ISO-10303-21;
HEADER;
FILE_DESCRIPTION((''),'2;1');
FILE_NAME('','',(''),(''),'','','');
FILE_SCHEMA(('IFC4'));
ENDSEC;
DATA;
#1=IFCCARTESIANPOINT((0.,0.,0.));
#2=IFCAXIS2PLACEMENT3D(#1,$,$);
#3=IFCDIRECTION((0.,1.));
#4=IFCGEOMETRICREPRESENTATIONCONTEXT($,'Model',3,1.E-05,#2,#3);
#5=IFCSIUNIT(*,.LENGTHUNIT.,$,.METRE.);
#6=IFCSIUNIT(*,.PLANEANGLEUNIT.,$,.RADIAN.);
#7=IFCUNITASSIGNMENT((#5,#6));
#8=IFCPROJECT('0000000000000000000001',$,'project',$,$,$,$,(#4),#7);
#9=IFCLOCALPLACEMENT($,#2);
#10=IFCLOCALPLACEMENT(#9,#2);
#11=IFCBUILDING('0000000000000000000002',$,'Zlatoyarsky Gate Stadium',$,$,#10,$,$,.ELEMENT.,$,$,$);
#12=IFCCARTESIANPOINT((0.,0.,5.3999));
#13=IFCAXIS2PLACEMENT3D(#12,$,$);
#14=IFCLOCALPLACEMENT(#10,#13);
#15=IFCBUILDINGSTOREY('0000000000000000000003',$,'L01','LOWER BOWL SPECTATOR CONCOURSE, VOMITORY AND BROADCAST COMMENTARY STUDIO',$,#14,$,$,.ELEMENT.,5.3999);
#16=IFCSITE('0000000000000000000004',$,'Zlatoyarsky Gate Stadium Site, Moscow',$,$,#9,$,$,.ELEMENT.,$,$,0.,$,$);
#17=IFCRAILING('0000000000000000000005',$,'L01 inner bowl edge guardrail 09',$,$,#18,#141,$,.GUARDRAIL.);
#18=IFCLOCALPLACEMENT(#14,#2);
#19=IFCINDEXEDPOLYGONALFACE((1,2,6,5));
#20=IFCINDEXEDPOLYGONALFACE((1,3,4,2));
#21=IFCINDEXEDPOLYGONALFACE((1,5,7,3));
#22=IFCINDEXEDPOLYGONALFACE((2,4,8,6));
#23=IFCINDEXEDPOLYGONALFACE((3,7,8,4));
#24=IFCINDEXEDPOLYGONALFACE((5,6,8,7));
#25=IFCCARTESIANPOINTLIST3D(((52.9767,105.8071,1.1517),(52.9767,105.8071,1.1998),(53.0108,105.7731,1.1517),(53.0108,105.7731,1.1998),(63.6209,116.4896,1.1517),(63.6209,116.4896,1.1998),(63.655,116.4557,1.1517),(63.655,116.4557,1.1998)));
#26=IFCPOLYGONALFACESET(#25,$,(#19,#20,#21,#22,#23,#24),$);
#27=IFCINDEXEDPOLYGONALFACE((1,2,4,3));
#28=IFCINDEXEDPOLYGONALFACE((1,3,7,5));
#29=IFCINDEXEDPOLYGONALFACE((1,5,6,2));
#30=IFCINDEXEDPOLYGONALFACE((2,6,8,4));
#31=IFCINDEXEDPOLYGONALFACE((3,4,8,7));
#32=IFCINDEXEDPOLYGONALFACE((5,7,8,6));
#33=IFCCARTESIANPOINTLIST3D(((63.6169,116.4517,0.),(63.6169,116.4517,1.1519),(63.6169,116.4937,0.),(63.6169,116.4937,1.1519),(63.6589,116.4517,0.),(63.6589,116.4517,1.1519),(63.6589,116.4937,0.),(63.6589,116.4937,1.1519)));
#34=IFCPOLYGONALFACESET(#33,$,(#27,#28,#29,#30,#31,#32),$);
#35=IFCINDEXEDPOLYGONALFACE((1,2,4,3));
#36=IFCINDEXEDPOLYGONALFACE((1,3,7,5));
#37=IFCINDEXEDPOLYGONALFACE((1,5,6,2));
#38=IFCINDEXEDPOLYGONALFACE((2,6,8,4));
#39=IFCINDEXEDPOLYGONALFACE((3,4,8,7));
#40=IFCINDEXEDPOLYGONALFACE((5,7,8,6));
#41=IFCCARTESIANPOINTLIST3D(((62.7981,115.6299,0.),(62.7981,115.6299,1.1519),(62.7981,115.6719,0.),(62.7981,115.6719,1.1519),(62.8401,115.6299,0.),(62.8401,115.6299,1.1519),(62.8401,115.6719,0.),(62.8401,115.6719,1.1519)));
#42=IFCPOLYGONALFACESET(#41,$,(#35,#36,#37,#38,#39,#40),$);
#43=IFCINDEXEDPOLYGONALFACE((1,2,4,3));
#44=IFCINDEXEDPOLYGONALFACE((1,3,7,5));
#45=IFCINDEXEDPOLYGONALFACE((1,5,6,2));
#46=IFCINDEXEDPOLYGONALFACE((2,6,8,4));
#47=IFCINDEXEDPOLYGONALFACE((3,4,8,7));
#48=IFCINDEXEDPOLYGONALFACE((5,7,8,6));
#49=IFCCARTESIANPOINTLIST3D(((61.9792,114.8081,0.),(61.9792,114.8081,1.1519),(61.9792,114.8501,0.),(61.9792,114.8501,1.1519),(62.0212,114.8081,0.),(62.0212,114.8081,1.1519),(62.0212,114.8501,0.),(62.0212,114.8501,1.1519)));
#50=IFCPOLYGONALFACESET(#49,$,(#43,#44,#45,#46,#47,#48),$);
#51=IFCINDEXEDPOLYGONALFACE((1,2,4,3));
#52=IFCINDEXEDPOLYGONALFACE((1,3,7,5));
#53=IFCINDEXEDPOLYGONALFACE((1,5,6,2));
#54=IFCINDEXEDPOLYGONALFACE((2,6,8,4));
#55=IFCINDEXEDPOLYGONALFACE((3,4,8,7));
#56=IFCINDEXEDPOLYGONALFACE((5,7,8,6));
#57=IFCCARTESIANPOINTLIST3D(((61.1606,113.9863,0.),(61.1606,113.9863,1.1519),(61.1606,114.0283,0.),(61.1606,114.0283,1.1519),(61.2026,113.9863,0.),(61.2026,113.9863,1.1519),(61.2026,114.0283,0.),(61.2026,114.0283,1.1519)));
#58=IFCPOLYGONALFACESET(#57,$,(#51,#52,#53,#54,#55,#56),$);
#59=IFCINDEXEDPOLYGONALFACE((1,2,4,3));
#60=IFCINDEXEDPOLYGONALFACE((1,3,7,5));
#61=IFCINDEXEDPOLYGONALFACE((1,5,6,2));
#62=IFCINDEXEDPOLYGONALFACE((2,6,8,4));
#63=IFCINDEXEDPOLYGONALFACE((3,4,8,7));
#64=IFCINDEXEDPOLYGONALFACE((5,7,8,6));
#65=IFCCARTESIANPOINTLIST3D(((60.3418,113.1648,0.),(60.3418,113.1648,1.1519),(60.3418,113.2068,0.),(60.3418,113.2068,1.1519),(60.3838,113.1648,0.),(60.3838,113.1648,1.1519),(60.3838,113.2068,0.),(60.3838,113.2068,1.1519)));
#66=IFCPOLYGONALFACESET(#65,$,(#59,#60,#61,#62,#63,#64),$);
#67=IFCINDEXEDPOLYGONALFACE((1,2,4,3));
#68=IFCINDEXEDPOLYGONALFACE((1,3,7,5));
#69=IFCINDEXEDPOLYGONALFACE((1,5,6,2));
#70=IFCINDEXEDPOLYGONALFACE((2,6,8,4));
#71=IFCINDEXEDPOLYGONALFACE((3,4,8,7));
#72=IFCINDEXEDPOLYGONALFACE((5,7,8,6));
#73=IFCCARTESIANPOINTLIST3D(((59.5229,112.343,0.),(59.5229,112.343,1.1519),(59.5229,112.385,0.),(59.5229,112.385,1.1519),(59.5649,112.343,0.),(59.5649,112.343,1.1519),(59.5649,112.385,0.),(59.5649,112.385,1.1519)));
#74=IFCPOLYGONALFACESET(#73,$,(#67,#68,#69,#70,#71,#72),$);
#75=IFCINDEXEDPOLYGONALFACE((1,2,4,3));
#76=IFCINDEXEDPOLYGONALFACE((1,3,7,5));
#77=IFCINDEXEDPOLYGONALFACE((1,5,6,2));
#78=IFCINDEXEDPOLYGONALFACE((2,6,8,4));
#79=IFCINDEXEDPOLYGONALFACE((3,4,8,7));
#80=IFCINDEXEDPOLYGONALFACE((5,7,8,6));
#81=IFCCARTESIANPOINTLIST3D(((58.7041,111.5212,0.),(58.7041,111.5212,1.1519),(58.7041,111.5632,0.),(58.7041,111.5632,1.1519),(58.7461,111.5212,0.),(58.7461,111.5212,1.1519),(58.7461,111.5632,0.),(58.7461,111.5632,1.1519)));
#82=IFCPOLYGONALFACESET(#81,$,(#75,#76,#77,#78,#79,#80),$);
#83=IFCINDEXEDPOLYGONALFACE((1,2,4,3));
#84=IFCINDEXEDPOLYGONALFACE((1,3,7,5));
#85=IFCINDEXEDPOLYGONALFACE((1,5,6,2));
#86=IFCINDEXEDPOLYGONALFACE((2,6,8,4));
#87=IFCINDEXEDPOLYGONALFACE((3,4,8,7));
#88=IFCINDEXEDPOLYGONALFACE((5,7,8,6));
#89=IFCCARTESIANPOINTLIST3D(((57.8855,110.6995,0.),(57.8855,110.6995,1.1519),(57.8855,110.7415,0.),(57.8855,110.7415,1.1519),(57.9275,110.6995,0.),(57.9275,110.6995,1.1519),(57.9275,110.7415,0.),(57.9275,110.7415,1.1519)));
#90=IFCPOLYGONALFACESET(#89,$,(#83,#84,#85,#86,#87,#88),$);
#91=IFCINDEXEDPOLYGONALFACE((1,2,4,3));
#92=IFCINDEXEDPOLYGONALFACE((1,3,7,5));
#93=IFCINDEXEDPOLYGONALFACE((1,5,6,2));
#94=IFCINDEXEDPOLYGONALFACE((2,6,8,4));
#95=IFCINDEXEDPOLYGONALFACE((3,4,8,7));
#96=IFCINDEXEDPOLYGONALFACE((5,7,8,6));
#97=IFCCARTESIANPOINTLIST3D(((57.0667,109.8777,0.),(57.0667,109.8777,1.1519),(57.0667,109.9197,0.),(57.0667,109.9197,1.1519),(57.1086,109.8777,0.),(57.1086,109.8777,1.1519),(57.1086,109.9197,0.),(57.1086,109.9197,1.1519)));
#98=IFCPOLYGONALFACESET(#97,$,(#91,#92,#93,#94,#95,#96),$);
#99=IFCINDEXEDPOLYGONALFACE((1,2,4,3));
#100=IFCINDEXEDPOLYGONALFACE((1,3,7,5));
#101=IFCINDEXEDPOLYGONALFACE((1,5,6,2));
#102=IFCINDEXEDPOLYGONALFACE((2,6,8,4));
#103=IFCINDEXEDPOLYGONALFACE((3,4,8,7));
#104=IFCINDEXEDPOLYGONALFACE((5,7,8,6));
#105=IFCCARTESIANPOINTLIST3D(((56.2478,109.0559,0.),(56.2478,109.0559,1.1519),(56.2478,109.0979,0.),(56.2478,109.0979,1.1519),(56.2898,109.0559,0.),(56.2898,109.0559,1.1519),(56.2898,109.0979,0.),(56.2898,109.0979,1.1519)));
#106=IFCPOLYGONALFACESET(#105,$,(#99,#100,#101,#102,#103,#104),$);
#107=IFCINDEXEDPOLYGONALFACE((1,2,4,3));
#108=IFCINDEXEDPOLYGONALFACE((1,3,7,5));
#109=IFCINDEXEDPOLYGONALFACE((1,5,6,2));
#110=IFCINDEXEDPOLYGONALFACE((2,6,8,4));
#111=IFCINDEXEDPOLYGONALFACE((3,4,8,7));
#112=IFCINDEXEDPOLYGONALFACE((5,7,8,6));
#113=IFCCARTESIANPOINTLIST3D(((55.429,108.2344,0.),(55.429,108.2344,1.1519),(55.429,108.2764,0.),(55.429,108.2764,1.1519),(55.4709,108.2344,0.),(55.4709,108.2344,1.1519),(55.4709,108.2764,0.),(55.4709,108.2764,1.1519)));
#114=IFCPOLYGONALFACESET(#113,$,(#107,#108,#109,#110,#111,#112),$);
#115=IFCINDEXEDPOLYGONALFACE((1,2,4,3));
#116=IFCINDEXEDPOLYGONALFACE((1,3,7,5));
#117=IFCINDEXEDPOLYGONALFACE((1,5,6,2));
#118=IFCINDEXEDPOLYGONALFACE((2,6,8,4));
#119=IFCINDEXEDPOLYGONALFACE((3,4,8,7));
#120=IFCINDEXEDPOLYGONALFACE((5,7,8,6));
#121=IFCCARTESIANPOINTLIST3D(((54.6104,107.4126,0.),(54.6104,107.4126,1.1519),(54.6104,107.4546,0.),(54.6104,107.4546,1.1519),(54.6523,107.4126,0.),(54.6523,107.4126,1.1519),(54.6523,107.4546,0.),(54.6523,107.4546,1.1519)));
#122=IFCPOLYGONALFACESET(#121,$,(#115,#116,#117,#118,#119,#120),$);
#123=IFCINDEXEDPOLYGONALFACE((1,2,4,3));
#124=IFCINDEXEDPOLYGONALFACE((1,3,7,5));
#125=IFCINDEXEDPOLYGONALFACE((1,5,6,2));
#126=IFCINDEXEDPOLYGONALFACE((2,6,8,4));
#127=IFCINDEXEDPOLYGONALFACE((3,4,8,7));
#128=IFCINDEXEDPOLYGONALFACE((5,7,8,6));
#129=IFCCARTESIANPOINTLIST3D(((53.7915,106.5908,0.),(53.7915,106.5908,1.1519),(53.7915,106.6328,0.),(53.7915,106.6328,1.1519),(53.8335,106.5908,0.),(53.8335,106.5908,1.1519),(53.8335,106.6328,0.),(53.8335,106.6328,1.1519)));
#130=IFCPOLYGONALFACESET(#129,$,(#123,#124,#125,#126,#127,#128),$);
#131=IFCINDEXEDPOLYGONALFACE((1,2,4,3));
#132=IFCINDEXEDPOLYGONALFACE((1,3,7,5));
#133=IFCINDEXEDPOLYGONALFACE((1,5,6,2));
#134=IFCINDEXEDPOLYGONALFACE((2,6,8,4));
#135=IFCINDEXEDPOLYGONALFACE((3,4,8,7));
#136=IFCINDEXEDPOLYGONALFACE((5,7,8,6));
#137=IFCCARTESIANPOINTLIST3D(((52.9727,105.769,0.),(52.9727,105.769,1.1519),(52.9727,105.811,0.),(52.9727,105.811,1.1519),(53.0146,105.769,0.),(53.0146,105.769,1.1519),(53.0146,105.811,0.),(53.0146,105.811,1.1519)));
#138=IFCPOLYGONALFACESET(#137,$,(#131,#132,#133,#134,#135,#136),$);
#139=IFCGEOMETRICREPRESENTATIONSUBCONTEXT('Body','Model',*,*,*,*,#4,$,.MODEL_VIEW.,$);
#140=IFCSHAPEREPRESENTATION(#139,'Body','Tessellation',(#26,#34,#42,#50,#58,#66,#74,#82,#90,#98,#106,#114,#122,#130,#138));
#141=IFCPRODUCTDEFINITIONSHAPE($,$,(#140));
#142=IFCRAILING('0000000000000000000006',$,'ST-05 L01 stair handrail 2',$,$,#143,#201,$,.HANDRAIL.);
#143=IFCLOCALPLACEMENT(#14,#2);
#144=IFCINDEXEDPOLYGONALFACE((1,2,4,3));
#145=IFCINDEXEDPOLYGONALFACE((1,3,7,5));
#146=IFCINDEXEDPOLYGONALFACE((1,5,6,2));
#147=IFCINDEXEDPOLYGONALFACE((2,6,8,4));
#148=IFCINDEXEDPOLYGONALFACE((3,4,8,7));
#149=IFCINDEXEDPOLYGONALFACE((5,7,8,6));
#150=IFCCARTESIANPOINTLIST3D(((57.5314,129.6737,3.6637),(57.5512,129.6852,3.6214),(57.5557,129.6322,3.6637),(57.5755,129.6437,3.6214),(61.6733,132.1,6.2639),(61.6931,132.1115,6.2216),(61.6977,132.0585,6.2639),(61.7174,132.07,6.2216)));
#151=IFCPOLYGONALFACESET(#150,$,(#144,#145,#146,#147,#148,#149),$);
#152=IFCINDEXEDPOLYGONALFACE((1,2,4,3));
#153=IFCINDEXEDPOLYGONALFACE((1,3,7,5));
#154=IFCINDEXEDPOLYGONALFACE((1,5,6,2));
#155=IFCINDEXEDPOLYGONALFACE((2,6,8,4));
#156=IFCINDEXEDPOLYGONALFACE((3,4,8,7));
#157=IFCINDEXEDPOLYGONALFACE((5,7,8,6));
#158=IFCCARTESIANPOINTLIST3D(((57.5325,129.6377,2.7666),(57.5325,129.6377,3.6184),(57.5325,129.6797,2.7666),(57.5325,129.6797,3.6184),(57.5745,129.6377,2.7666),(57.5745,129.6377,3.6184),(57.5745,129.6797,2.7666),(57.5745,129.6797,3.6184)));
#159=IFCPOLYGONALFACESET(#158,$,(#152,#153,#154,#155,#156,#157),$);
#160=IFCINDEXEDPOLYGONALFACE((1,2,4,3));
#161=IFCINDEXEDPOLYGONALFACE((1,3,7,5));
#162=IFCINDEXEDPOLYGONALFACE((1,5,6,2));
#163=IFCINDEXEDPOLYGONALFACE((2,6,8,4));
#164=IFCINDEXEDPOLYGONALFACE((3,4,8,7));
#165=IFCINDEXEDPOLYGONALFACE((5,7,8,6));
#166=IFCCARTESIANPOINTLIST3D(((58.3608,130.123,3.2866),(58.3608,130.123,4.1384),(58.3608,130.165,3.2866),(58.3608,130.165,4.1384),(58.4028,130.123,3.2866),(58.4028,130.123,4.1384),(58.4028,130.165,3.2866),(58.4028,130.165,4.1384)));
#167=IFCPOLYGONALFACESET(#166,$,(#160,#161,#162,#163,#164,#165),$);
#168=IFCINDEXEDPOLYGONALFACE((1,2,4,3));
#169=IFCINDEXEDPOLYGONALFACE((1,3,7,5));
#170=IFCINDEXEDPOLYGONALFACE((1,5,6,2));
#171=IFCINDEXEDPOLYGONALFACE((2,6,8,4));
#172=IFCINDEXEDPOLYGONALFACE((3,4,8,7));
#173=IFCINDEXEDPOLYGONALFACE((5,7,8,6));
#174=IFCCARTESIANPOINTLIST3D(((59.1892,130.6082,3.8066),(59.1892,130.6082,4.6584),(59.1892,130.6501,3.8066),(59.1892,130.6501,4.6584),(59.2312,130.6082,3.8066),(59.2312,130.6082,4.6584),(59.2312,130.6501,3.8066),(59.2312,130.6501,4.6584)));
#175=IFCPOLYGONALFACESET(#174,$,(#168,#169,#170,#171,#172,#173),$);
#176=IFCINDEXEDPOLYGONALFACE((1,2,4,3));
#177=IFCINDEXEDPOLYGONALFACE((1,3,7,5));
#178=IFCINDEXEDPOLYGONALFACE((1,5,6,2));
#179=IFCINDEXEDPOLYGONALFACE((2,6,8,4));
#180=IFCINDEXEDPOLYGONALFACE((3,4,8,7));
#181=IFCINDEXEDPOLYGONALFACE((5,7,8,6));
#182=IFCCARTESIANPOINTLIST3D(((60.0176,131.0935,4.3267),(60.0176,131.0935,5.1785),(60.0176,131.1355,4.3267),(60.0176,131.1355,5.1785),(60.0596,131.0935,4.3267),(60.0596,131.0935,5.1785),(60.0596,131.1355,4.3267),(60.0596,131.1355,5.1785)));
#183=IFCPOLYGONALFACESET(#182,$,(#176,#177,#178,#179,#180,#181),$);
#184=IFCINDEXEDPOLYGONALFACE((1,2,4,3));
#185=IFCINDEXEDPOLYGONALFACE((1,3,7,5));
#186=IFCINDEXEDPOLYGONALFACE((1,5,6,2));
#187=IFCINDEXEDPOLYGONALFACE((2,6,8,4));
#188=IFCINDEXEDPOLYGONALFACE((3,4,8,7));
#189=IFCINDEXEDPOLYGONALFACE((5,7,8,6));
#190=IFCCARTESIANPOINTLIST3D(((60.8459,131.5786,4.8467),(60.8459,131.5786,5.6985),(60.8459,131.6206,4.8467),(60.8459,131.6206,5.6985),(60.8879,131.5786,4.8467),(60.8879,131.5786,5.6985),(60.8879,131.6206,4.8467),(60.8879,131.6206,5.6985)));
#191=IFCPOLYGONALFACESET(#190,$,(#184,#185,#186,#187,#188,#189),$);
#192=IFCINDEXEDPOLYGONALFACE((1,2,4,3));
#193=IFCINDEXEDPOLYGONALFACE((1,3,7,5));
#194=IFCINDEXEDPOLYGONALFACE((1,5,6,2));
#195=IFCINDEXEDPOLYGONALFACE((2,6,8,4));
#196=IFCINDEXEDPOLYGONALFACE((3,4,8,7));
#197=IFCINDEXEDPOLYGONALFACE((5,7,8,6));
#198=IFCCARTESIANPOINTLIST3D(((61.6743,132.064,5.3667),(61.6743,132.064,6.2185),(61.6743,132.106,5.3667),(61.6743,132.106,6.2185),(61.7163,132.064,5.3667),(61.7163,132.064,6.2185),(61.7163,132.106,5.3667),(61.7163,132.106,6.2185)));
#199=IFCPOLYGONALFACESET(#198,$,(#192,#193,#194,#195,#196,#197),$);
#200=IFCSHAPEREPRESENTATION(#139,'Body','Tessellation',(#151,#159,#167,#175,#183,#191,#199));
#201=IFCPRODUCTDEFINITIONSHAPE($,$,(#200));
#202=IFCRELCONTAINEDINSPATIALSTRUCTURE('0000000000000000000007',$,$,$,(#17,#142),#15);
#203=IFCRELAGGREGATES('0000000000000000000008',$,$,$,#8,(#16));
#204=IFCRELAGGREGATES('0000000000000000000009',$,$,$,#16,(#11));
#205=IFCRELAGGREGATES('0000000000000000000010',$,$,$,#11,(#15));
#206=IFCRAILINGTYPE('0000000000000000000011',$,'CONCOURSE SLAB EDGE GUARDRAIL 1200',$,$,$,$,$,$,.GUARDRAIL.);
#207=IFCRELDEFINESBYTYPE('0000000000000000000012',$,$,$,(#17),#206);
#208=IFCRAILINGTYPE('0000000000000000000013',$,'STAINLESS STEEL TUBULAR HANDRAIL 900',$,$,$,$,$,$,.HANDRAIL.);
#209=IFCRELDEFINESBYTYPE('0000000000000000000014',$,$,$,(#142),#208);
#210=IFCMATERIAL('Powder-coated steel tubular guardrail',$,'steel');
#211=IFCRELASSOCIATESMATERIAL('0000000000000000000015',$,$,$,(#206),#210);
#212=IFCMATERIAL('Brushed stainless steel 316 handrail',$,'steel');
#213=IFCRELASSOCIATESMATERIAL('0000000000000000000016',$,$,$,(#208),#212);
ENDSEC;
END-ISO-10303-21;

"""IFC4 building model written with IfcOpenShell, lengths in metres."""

from ifc_helpers import new_model, si_unit, direction, frame, origin, origin_2d, place, context, subcontext, project, spatial, rectangle, extrude, material, type_object, element, save


model = new_model("IFC4")

# Units and contexts
model_context = context("Model", 3, precision=1e-05, world=origin(), true_north=direction((0.0, 1.0)))
body_context = subcontext(model_context, "Body", "Model", "MODEL_VIEW")
ifc_project = project(units=[si_unit("LENGTHUNIT", "METRE"), si_unit("PLANEANGLEUNIT", "RADIAN")], contexts=[model_context])

# Site, building, storey
site_placement = place(None, origin())
site = spatial("IfcSite", under=ifc_project, at=site_placement, Name="Zlatoyarsky Gate Stadium Site, Moscow", CompositionType="ELEMENT", RefElevation=0.0)
building_placement = place(site_placement, origin())
building = spatial("IfcBuilding", under=site, at=building_placement, Name="Zlatoyarsky Gate Stadium", CompositionType="ELEMENT")
storey_placement = place(building_placement, frame((0.0, 0.0, 5.3999)))
storey = spatial("IfcBuildingStorey", under=building, at=storey_placement, Name="L01", Description="LOWER BOWL SPECTATOR CONCOURSE, VOMITORY AND BROADCAST COMMENTARY STUDIO", CompositionType="ELEMENT", Elevation=5.3999)

# Railings
ifc_material_1 = material(Name="Powder-coated steel tubular guardrail", Category="steel")
railing_type_1 = type_object("IfcRailingType", Name="CONCOURSE SLAB EDGE GUARDRAIL 1200", PredefinedType="GUARDRAIL", material=ifc_material_1)
railing_1_placement = place(storey_placement, frame((63.6379, 116.4727, 0.0)))
element("IfcRailing", 1, at=railing_1_placement, inside=storey, type_object=railing_type_1, Name="L01 inner bowl edge guardrail 09", PredefinedType="GUARDRAIL", context=body_context, shape_type="SweptSolid", body=[
    extrude(rectangle(XDim=0.0481, YDim=0.0481, at=origin_2d()), frame((0.0, 0.0, 1.1758), z_axis=(-0.705835, -0.708376, 0.0), x_axis=(0.708376, -0.705835, 0.0)), (0.0, 0.0, 1.0), 15.0803),
    extrude(rectangle(XDim=0.042, YDim=0.042, at=origin_2d()), origin(), (0.0, 0.0, 1.0), 1.1519),
    extrude(rectangle(XDim=0.042, YDim=0.042, at=origin_2d()), frame((-0.8188, -0.8218, 0.0)), (0.0, 0.0, 1.0), 1.1519),
    extrude(rectangle(XDim=0.042, YDim=0.042, at=origin_2d()), frame((-1.6377, -1.6436, 0.0)), (0.0, 0.0, 1.0), 1.1519),
    extrude(rectangle(XDim=0.042, YDim=0.042, at=origin_2d()), frame((-2.4563, -2.4653, 0.0)), (0.0, 0.0, 1.0), 1.1519),
    extrude(rectangle(XDim=0.042, YDim=0.042, at=origin_2d()), frame((-3.2751, -3.2869, 0.0)), (0.0, 0.0, 1.0), 1.1519),
    extrude(rectangle(XDim=0.042, YDim=0.042, at=origin_2d()), frame((-4.094, -4.1086, 0.0)), (0.0, 0.0, 1.0), 1.1519),
    extrude(rectangle(XDim=0.042, YDim=0.042, at=origin_2d()), frame((-4.9128, -4.9304, 0.0)), (0.0, 0.0, 1.0), 1.1519),
    extrude(rectangle(XDim=0.042, YDim=0.042, at=origin_2d()), frame((-5.7314, -5.7522, 0.0)), (0.0, 0.0, 1.0), 1.1519),
    extrude(rectangle(XDim=0.042, YDim=0.042, at=origin_2d()), frame((-6.5503, -6.574, 0.0)), (0.0, 0.0, 1.0), 1.1519),
    extrude(rectangle(XDim=0.042, YDim=0.042, at=origin_2d()), frame((-7.3691, -7.3958, 0.0)), (0.0, 0.0, 1.0), 1.1519),
    extrude(rectangle(XDim=0.042, YDim=0.042, at=origin_2d()), frame((-8.188, -8.2173, 0.0)), (0.0, 0.0, 1.0), 1.1519),
    extrude(rectangle(XDim=0.042, YDim=0.042, at=origin_2d()), frame((-9.0066, -9.0391, 0.0)), (0.0, 0.0, 1.0), 1.1519),
    extrude(rectangle(XDim=0.042, YDim=0.042, at=origin_2d()), frame((-9.8254, -9.8608, 0.0)), (0.0, 0.0, 1.0), 1.1519),
    extrude(rectangle(XDim=0.042, YDim=0.042, at=origin_2d()), frame((-10.6443, -10.6826, 0.0)), (0.0, 0.0, 1.0), 1.1519),
])
ifc_material_2 = material(Name="Brushed stainless steel 316 handrail", Category="steel")
railing_type_2 = type_object("IfcRailingType", Name="STAINLESS STEEL TUBULAR HANDRAIL 900", PredefinedType="HANDRAIL", material=ifc_material_2)
railing_2_placement = place(storey_placement, frame((57.5535, 129.6587, 2.7666)))
element("IfcRailing", 2, at=railing_2_placement, inside=storey, type_object=railing_type_2, Name="ST-05 L01 stair handrail 2", PredefinedType="HANDRAIL", context=body_context, shape_type="SweptSolid", body=[
    extrude(rectangle(XDim=0.0481, YDim=0.0481, at=origin_2d()), frame((0.0, 0.0, 0.876), z_axis=(0.7587, 0.444442, 0.476284), x_axis=(-0.505455, 0.862853, 0.0)), (0.0, 0.0, 1.0), 5.4592),
    extrude(rectangle(XDim=0.042, YDim=0.042, at=origin_2d()), origin(), (0.0, 0.0, 1.0), 0.8518),
    extrude(rectangle(XDim=0.042, YDim=0.042, at=origin_2d()), frame((0.8284, 0.4854, 0.52)), (0.0, 0.0, 1.0), 0.8518),
    extrude(rectangle(XDim=0.042, YDim=0.042, at=origin_2d()), frame((1.6567, 0.9705, 1.04)), (0.0, 0.0, 1.0), 0.8518),
    extrude(rectangle(XDim=0.042, YDim=0.042, at=origin_2d()), frame((2.4851, 1.4558, 1.5601)), (0.0, 0.0, 1.0), 0.8518),
    extrude(rectangle(XDim=0.042, YDim=0.042, at=origin_2d()), frame((3.3135, 1.9409, 2.0801)), (0.0, 0.0, 1.0), 0.8518),
    extrude(rectangle(XDim=0.042, YDim=0.042, at=origin_2d()), frame((4.1418, 2.4263, 2.6001)), (0.0, 0.0, 1.0), 0.8518),
])

save(model, "model.ifc")
